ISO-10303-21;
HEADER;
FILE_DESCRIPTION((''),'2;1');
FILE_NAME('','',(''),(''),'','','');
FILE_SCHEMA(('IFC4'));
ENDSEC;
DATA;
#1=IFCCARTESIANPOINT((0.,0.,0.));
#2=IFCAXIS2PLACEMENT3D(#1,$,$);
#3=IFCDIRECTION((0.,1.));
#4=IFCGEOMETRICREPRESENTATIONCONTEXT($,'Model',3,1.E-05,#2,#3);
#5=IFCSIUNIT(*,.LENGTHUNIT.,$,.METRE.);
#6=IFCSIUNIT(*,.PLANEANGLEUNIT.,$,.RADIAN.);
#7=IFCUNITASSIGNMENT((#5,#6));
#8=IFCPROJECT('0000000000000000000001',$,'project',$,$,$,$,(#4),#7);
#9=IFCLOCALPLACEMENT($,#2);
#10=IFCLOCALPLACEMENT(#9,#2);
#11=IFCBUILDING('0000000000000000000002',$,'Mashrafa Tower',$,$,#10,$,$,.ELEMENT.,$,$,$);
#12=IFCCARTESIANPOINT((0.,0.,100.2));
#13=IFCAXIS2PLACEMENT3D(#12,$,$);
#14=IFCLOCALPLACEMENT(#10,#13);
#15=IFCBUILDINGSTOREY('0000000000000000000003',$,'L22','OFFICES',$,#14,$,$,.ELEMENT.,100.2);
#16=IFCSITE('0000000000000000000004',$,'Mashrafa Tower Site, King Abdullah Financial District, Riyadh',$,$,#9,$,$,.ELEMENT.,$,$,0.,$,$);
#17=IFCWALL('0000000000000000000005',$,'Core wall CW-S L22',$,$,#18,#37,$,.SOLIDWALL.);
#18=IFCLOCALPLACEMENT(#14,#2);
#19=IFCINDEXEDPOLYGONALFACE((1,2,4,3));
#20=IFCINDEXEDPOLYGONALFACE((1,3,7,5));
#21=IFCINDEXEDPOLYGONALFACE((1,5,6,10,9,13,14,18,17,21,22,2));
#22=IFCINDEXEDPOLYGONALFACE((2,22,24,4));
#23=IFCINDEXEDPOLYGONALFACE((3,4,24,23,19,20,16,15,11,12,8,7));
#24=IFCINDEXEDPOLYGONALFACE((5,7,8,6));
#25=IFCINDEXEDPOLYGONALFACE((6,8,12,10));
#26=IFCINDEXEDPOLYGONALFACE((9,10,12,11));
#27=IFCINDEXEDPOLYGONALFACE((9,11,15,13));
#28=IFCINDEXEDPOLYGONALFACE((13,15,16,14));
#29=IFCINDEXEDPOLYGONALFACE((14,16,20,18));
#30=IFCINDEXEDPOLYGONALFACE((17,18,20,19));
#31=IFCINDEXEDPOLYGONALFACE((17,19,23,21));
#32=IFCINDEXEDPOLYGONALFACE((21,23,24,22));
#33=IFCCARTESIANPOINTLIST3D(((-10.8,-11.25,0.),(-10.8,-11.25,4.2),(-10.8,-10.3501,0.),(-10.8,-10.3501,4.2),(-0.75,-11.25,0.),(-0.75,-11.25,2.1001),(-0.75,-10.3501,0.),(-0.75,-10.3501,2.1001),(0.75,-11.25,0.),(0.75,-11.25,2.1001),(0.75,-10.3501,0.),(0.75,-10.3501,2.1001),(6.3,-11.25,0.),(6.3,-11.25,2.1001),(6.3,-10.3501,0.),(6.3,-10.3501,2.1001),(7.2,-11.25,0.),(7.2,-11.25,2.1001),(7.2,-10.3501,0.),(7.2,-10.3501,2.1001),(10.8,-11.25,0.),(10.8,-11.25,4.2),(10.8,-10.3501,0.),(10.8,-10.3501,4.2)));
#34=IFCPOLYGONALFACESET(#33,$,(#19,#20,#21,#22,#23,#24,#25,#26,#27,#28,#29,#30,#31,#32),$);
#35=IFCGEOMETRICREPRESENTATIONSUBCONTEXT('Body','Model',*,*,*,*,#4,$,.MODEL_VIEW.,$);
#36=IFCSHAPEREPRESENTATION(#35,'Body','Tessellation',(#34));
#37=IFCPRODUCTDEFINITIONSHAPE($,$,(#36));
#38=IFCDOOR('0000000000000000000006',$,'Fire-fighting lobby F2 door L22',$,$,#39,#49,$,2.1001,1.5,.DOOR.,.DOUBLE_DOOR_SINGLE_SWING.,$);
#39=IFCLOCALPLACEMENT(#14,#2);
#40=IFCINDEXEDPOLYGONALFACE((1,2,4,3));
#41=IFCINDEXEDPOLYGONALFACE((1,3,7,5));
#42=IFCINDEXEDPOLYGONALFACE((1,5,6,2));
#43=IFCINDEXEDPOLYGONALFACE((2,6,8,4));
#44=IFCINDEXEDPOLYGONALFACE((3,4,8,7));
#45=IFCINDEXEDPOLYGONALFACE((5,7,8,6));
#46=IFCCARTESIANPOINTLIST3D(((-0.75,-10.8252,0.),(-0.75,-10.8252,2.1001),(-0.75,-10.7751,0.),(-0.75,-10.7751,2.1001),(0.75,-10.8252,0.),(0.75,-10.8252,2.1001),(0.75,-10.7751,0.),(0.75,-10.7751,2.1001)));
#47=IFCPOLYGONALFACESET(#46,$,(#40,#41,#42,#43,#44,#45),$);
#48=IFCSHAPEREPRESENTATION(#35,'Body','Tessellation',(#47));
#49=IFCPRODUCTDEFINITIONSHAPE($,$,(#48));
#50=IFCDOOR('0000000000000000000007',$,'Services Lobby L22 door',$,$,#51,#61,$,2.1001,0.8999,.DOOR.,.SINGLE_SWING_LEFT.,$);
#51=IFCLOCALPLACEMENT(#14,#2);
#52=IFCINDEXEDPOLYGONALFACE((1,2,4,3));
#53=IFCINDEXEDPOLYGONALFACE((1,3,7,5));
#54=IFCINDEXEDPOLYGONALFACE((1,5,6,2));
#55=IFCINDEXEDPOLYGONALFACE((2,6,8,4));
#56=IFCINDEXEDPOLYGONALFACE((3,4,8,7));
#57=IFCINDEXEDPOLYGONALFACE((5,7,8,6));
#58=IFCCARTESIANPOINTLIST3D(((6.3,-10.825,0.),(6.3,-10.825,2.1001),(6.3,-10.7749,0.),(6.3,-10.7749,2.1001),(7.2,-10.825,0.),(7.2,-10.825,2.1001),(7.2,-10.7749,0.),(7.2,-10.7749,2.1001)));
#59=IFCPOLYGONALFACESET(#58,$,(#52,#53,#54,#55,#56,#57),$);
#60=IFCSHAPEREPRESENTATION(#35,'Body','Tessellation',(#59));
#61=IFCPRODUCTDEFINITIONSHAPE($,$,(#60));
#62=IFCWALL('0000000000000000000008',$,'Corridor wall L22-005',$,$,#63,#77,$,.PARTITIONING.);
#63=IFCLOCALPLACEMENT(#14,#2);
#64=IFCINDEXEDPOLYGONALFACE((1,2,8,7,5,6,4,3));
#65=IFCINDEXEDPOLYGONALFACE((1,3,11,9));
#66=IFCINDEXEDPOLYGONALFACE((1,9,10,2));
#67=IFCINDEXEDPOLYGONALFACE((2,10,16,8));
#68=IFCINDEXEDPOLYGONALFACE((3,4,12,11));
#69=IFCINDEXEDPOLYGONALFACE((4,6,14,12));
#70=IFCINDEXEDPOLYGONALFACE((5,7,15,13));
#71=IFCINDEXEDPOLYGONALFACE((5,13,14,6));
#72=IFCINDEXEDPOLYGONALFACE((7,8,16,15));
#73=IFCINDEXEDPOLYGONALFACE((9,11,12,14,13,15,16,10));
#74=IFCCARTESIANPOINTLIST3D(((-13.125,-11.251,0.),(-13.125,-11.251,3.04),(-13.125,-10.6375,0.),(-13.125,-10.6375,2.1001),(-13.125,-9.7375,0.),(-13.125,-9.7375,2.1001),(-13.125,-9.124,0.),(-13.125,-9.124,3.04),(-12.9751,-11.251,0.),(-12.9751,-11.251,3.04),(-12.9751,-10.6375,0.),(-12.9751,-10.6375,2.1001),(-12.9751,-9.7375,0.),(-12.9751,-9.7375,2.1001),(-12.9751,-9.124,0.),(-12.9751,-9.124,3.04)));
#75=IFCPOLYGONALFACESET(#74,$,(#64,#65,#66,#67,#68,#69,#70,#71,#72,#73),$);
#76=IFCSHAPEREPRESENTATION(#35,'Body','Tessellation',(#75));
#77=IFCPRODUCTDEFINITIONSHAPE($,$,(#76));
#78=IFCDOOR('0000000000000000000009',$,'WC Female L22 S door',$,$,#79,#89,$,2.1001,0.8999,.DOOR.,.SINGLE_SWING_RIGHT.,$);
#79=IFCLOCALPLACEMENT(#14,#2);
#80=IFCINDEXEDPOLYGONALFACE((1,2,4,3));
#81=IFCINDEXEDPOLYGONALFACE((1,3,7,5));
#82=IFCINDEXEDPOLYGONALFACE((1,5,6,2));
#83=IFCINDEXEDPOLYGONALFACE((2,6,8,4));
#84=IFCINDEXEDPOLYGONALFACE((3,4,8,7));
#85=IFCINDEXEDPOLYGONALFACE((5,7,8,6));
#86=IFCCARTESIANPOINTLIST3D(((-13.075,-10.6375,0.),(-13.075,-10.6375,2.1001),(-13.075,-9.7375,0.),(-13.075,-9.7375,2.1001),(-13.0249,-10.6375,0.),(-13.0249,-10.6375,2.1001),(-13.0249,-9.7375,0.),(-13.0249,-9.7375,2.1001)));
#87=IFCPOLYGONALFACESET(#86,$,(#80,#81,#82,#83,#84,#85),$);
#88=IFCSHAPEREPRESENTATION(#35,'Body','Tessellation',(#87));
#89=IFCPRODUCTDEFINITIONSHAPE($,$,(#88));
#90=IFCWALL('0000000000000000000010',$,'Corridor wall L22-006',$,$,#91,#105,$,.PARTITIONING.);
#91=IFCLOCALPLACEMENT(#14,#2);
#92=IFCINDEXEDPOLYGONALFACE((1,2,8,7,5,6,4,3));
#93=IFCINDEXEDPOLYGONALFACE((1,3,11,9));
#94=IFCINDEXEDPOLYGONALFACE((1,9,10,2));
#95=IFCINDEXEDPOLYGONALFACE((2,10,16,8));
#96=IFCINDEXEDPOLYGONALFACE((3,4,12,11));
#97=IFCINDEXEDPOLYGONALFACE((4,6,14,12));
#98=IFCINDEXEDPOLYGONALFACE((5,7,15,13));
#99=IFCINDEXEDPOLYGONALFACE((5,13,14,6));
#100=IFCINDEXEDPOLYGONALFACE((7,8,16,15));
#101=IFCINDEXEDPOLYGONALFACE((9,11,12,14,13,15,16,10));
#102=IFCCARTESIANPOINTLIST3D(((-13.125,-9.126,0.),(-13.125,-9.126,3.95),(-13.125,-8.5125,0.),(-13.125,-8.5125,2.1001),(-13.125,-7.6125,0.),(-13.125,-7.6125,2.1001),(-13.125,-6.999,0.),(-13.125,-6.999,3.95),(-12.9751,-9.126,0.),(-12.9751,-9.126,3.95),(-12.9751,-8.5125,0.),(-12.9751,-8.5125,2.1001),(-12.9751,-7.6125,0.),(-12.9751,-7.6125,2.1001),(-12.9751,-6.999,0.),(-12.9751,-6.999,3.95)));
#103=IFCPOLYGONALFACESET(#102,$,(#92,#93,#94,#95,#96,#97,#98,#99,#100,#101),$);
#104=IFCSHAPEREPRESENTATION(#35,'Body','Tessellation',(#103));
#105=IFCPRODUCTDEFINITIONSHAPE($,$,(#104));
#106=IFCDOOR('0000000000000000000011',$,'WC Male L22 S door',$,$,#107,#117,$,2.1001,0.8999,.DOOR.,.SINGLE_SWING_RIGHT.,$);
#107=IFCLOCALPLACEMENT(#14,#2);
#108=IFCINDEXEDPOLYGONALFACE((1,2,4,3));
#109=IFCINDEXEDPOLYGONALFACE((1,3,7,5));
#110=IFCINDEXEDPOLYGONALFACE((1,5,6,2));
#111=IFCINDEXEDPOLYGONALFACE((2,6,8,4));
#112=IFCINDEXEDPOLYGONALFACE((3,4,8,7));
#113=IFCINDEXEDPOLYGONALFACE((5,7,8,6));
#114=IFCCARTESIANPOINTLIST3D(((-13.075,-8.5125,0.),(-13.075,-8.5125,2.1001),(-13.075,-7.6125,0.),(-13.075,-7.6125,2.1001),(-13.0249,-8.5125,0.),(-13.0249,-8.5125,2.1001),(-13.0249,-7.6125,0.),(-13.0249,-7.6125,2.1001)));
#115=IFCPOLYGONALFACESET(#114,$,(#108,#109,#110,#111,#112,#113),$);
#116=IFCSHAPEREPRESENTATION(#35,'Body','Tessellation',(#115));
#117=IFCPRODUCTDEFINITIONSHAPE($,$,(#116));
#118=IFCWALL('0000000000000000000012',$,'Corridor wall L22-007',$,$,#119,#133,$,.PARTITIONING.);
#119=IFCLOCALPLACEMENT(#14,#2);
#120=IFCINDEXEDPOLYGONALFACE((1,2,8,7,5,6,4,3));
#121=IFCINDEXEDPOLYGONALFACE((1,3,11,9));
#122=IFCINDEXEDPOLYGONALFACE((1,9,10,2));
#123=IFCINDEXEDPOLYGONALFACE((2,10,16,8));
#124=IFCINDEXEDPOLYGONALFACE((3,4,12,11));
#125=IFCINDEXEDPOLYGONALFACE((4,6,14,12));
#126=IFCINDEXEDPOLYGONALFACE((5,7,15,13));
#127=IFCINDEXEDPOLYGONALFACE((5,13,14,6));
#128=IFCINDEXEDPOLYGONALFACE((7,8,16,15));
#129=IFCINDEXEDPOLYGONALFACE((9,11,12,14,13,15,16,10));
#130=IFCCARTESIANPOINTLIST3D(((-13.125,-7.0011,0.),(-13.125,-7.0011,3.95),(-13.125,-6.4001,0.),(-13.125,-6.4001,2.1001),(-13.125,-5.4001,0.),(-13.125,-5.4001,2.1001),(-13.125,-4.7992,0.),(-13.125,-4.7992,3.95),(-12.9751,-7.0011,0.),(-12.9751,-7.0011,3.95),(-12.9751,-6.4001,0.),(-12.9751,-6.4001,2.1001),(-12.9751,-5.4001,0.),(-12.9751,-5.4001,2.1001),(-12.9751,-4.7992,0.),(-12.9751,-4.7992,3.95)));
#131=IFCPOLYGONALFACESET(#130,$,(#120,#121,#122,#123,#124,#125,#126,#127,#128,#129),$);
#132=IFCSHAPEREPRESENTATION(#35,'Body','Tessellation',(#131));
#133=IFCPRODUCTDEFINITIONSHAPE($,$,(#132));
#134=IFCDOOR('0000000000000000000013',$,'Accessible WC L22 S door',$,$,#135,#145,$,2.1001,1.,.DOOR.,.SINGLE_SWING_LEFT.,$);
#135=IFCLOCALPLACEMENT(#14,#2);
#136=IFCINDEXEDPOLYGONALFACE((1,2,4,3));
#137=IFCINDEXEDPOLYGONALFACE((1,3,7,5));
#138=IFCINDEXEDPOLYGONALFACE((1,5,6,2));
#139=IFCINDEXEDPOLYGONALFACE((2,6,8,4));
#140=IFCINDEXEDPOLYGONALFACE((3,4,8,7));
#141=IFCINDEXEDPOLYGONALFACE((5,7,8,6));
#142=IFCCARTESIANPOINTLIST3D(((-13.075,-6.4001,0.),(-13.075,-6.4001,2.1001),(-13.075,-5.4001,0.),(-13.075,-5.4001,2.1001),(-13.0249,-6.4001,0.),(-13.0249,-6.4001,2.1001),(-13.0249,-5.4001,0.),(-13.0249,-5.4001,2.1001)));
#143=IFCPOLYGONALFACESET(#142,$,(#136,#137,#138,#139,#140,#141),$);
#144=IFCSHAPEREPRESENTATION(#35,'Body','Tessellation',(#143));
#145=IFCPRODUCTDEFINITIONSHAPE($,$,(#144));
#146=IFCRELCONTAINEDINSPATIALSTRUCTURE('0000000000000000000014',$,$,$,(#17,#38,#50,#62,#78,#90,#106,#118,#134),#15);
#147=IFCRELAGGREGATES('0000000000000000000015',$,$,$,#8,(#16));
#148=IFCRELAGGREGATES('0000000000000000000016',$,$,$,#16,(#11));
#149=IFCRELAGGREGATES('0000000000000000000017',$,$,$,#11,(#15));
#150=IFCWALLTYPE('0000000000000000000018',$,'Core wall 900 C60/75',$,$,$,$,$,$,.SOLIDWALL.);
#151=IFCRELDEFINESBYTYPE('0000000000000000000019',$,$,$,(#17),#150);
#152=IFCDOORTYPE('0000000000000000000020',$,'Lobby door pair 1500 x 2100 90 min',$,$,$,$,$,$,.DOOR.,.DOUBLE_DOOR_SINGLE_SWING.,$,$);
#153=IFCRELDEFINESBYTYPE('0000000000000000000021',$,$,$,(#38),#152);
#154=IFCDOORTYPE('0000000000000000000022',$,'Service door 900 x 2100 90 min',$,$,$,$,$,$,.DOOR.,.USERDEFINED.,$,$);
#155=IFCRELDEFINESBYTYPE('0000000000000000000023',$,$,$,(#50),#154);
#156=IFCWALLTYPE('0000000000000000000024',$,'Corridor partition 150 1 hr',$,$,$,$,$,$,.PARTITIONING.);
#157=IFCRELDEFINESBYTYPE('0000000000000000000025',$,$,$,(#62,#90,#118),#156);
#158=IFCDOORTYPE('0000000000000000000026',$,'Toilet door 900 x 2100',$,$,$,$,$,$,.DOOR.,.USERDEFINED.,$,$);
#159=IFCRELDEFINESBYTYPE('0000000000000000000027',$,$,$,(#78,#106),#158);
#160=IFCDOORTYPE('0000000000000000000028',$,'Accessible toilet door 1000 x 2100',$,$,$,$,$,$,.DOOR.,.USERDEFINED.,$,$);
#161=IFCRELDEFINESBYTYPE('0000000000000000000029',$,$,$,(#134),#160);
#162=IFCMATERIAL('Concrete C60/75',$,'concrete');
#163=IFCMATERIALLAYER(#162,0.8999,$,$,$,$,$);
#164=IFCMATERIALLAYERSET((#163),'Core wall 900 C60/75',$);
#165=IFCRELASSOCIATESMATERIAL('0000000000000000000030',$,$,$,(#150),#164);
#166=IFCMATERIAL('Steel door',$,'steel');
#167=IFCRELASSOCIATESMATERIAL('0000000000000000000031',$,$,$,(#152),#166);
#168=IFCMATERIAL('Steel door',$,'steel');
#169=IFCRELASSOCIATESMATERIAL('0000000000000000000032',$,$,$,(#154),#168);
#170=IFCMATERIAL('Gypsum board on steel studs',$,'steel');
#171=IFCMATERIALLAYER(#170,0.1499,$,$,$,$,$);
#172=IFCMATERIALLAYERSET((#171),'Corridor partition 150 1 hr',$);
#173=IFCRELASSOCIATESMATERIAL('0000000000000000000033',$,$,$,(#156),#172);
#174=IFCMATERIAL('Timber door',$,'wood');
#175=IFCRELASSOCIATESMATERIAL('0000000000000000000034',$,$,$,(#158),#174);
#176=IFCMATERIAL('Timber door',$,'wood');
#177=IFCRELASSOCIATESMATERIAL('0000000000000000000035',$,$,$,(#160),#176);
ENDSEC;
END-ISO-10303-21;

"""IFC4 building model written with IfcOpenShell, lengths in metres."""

from ifc_helpers import new_model, si_unit, direction, frame, frame_2d, origin, place, context, subcontext, project, spatial, rectangle, extrude, material, layer, layer_set, type_object, element, fill, save


model = new_model("IFC4")

# Units and contexts
model_context = context("Model", 3, precision=1e-05, world=origin(), true_north=direction((0.0, 1.0)))
body_context = subcontext(model_context, "Body", "Model", "MODEL_VIEW")
ifc_project = project(units=[si_unit("LENGTHUNIT", "METRE"), si_unit("PLANEANGLEUNIT", "RADIAN")], contexts=[model_context])

# Site, building, storey
site_placement = place(None, origin())
site = spatial("IfcSite", under=ifc_project, at=site_placement, Name="Mashrafa Tower Site, King Abdullah Financial District, Riyadh", CompositionType="ELEMENT", RefElevation=0.0)
building_placement = place(site_placement, origin())
building = spatial("IfcBuilding", under=site, at=building_placement, Name="Mashrafa Tower", CompositionType="ELEMENT")
storey_placement = place(building_placement, frame((0.0, 0.0, 100.2)))
storey = spatial("IfcBuildingStorey", under=building, at=storey_placement, Name="L22", Description="OFFICES", CompositionType="ELEMENT", Elevation=100.2)

# Wall, openings, doors
ifc_material_1 = material(Name="Concrete C60/75", Category="concrete")
ifc_layer_1 = layer(ifc_material_1, 0.8999)
ifc_layer_set_1 = layer_set([ifc_layer_1], Name="Core wall 900 C60/75")
wall_type_1 = type_object("IfcWallType", Name="Core wall 900 C60/75", PredefinedType="SOLIDWALL", material=ifc_layer_set_1)
wall_1_placement = place(storey_placement, frame((-10.8, -10.8, 0.0), z_axis=(0.0, 0.0, 1.0), x_axis=(1.0, 0.0, 0.0)))
wall_1 = element("IfcWall", 1, at=wall_1_placement, inside=storey, type_object=wall_type_1, Name="Core wall CW-S L22", PredefinedType="SOLIDWALL", context=body_context, shape_type="SweptSolid", body=[
    extrude(rectangle(XDim=21.6001, YDim=0.8999, at=frame_2d((10.8, 0.0))), origin(), (0.0, 0.0, 1.0), 4.2),
])
opening_1_placement = place(wall_1_placement, frame((10.05, 0.0, 0.0)))
opening_1 = element("IfcOpeningElement", 2, at=opening_1_placement, cuts=wall_1, PredefinedType="OPENING", context=body_context, shape_type="SweptSolid", body=[
    extrude(rectangle(XDim=1.5, YDim=2.1001, at=frame_2d((0.75, 1.05))), frame((0.0, 0.46, 0.0), z_axis=(0.0, -1.0, 0.0), x_axis=(1.0, 0.0, 0.0)), (0.0, 0.0, 1.0), 0.9199),
])
opening_2_placement = place(wall_1_placement, frame((17.1001, 0.0, 0.0)))
opening_2 = element("IfcOpeningElement", 3, at=opening_2_placement, cuts=wall_1, PredefinedType="OPENING", context=body_context, shape_type="SweptSolid", body=[
    extrude(rectangle(XDim=0.8999, YDim=2.1001, at=frame_2d((0.45, 1.05))), frame((0.0, 0.46, 0.0), z_axis=(0.0, -1.0, 0.0), x_axis=(1.0, 0.0, 0.0)), (0.0, 0.0, 1.0), 0.9199),
])
ifc_material_2 = material(Name="Steel door", Category="steel")
door_type_1 = type_object("IfcDoorType", Name="Lobby door pair 1500 x 2100 90 min", OperationType="DOUBLE_DOOR_SINGLE_SWING", PredefinedType="DOOR", material=ifc_material_2)
door_1_placement = place(opening_1_placement, origin())
door_1 = element("IfcDoor", 4, at=door_1_placement, inside=storey, type_object=door_type_1, Name="Fire-fighting lobby F2 door L22", OperationType="DOUBLE_DOOR_SINGLE_SWING", OverallHeight=2.1001, OverallWidth=1.5, PredefinedType="DOOR", context=body_context, shape_type="SweptSolid", body=[
    extrude(rectangle(XDim=1.5, YDim=2.1001, at=frame_2d((0.75, 1.05))), frame((0.0, 0.0249, 0.0), z_axis=(0.0, -1.0, 0.0), x_axis=(1.0, 0.0, 0.0)), (0.0, 0.0, 1.0), 0.05),
])
fill(opening_1, door_1)
ifc_material_3 = material(Name="Steel door", Category="steel")
door_type_2 = type_object("IfcDoorType", Name="Service door 900 x 2100 90 min", OperationType="USERDEFINED", PredefinedType="DOOR", material=ifc_material_3)
door_2_placement = place(opening_2_placement, frame((0.8999, 0.0, 0.0), z_axis=(0.0, 0.0, 1.0), x_axis=(-1.0, 0.0, 0.0)))
door_2 = element("IfcDoor", 5, at=door_2_placement, inside=storey, type_object=door_type_2, Name="Services Lobby L22 door", OperationType="SINGLE_SWING_LEFT", OverallHeight=2.1001, OverallWidth=0.8999, PredefinedType="DOOR", context=body_context, shape_type="SweptSolid", body=[
    extrude(rectangle(XDim=0.8999, YDim=2.1001, at=frame_2d((0.45, 1.05))), frame((0.0, 0.0249, 0.0), z_axis=(0.0, -1.0, 0.0), x_axis=(1.0, 0.0, 0.0)), (0.0, 0.0, 1.0), 0.05),
])
fill(opening_2, door_2)

# Walls, openings, doors
ifc_material_4 = material(Name="Gypsum board on steel studs", Category="steel")
ifc_layer_2 = layer(ifc_material_4, 0.1499)
ifc_layer_set_2 = layer_set([ifc_layer_2], Name="Corridor partition 150 1 hr")
wall_type_2 = type_object("IfcWallType", Name="Corridor partition 150 1 hr", PredefinedType="PARTITIONING", material=ifc_layer_set_2)
wall_2_placement = place(storey_placement, frame((-13.05, -9.124, 0.0), z_axis=(0.0, 0.0, 1.0), x_axis=(0.0, -1.0, 0.0)))
wall_2 = element("IfcWall", 6, at=wall_2_placement, inside=storey, type_object=wall_type_2, Name="Corridor wall L22-005", PredefinedType="PARTITIONING", context=body_context, shape_type="SweptSolid", body=[
    extrude(rectangle(XDim=2.127, YDim=0.1499, at=frame_2d((1.0635, 0.0))), origin(), (0.0, 0.0, 1.0), 3.04),
])
opening_3_placement = place(wall_2_placement, frame((0.6135, 0.0, 0.0)))
opening_3 = element("IfcOpeningElement", 7, at=opening_3_placement, cuts=wall_2, PredefinedType="OPENING", context=body_context, shape_type="SweptSolid", body=[
    extrude(rectangle(XDim=0.8999, YDim=2.1001, at=frame_2d((0.45, 1.05))), frame((0.0, 0.085, 0.0), z_axis=(0.0, -1.0, 0.0), x_axis=(1.0, 0.0, 0.0)), (0.0, 0.0, 1.0), 0.1699),
])
ifc_material_5 = material(Name="Timber door", Category="wood")
door_type_3 = type_object("IfcDoorType", Name="Toilet door 900 x 2100", OperationType="USERDEFINED", PredefinedType="DOOR", material=ifc_material_5)
door_3_placement = place(opening_3_placement, frame((0.8999, 0.0, 0.0), z_axis=(0.0, 0.0, 1.0), x_axis=(-1.0, 0.0, 0.0)))
door_3 = element("IfcDoor", 8, at=door_3_placement, inside=storey, type_object=door_type_3, Name="WC Female L22 S door", OperationType="SINGLE_SWING_RIGHT", OverallHeight=2.1001, OverallWidth=0.8999, PredefinedType="DOOR", context=body_context, shape_type="SweptSolid", body=[
    extrude(rectangle(XDim=0.8999, YDim=2.1001, at=frame_2d((0.45, 1.05))), frame((0.0, 0.0249, 0.0), z_axis=(0.0, -1.0, 0.0), x_axis=(1.0, 0.0, 0.0)), (0.0, 0.0, 1.0), 0.05),
])
fill(opening_3, door_3)
wall_3_placement = place(storey_placement, frame((-13.05, -6.999, 0.0), z_axis=(0.0, 0.0, 1.0), x_axis=(0.0, -1.0, 0.0)))
wall_3 = element("IfcWall", 9, at=wall_3_placement, inside=storey, type_object=wall_type_2, Name="Corridor wall L22-006", PredefinedType="PARTITIONING", context=body_context, shape_type="SweptSolid", body=[
    extrude(rectangle(XDim=2.127, YDim=0.1499, at=frame_2d((1.0635, 0.0))), origin(), (0.0, 0.0, 1.0), 3.95),
])
opening_4_placement = place(wall_3_placement, frame((0.6135, 0.0, 0.0)))
opening_4 = element("IfcOpeningElement", 10, at=opening_4_placement, cuts=wall_3, PredefinedType="OPENING", context=body_context, shape_type="SweptSolid", body=[
    extrude(rectangle(XDim=0.8999, YDim=2.1001, at=frame_2d((0.45, 1.05))), frame((0.0, 0.085, 0.0), z_axis=(0.0, -1.0, 0.0), x_axis=(1.0, 0.0, 0.0)), (0.0, 0.0, 1.0), 0.1699),
])
door_4_placement = place(opening_4_placement, frame((0.8999, 0.0, 0.0), z_axis=(0.0, 0.0, 1.0), x_axis=(-1.0, 0.0, 0.0)))
door_4 = element("IfcDoor", 11, at=door_4_placement, inside=storey, type_object=door_type_3, Name="WC Male L22 S door", OperationType="SINGLE_SWING_RIGHT", OverallHeight=2.1001, OverallWidth=0.8999, PredefinedType="DOOR", context=body_context, shape_type="SweptSolid", body=[
    extrude(rectangle(XDim=0.8999, YDim=2.1001, at=frame_2d((0.45, 1.05))), frame((0.0, 0.0249, 0.0), z_axis=(0.0, -1.0, 0.0), x_axis=(1.0, 0.0, 0.0)), (0.0, 0.0, 1.0), 0.05),
])
fill(opening_4, door_4)
wall_4_placement = place(storey_placement, frame((-13.05, -4.7991, 0.0), z_axis=(0.0, 0.0, 1.0), x_axis=(0.0, -1.0, 0.0)))
wall_4 = element("IfcWall", 12, at=wall_4_placement, inside=storey, type_object=wall_type_2, Name="Corridor wall L22-007", PredefinedType="PARTITIONING", context=body_context, shape_type="SweptSolid", body=[
    extrude(rectangle(XDim=2.2019, YDim=0.1499, at=frame_2d((1.1011, 0.0))), origin(), (0.0, 0.0, 1.0), 3.95),
])
opening_5_placement = place(wall_4_placement, frame((0.6011, 0.0, 0.0)))
opening_5 = element("IfcOpeningElement", 13, at=opening_5_placement, cuts=wall_4, PredefinedType="OPENING", context=body_context, shape_type="SweptSolid", body=[
    extrude(rectangle(XDim=1.0, YDim=2.1001, at=frame_2d((0.5, 1.05))), frame((0.0, 0.085, 0.0), z_axis=(0.0, -1.0, 0.0), x_axis=(1.0, 0.0, 0.0)), (0.0, 0.0, 1.0), 0.1699),
])
ifc_material_6 = material(Name="Timber door", Category="wood")
door_type_4 = type_object("IfcDoorType", Name="Accessible toilet door 1000 x 2100", OperationType="USERDEFINED", PredefinedType="DOOR", material=ifc_material_6)
door_5_placement = place(opening_5_placement, frame((1.0, 0.0, 0.0), z_axis=(0.0, 0.0, 1.0), x_axis=(-1.0, 0.0, 0.0)))
door_5 = element("IfcDoor", 14, at=door_5_placement, inside=storey, type_object=door_type_4, Name="Accessible WC L22 S door", OperationType="SINGLE_SWING_LEFT", OverallHeight=2.1001, OverallWidth=1.0, PredefinedType="DOOR", context=body_context, shape_type="SweptSolid", body=[
    extrude(rectangle(XDim=1.0, YDim=2.1001, at=frame_2d((0.5, 1.05))), frame((0.0, 0.0249, 0.0), z_axis=(0.0, -1.0, 0.0), x_axis=(1.0, 0.0, 0.0)), (0.0, 0.0, 1.0), 0.05),
])
fill(opening_5, door_5)

save(model, "model.ifc")
